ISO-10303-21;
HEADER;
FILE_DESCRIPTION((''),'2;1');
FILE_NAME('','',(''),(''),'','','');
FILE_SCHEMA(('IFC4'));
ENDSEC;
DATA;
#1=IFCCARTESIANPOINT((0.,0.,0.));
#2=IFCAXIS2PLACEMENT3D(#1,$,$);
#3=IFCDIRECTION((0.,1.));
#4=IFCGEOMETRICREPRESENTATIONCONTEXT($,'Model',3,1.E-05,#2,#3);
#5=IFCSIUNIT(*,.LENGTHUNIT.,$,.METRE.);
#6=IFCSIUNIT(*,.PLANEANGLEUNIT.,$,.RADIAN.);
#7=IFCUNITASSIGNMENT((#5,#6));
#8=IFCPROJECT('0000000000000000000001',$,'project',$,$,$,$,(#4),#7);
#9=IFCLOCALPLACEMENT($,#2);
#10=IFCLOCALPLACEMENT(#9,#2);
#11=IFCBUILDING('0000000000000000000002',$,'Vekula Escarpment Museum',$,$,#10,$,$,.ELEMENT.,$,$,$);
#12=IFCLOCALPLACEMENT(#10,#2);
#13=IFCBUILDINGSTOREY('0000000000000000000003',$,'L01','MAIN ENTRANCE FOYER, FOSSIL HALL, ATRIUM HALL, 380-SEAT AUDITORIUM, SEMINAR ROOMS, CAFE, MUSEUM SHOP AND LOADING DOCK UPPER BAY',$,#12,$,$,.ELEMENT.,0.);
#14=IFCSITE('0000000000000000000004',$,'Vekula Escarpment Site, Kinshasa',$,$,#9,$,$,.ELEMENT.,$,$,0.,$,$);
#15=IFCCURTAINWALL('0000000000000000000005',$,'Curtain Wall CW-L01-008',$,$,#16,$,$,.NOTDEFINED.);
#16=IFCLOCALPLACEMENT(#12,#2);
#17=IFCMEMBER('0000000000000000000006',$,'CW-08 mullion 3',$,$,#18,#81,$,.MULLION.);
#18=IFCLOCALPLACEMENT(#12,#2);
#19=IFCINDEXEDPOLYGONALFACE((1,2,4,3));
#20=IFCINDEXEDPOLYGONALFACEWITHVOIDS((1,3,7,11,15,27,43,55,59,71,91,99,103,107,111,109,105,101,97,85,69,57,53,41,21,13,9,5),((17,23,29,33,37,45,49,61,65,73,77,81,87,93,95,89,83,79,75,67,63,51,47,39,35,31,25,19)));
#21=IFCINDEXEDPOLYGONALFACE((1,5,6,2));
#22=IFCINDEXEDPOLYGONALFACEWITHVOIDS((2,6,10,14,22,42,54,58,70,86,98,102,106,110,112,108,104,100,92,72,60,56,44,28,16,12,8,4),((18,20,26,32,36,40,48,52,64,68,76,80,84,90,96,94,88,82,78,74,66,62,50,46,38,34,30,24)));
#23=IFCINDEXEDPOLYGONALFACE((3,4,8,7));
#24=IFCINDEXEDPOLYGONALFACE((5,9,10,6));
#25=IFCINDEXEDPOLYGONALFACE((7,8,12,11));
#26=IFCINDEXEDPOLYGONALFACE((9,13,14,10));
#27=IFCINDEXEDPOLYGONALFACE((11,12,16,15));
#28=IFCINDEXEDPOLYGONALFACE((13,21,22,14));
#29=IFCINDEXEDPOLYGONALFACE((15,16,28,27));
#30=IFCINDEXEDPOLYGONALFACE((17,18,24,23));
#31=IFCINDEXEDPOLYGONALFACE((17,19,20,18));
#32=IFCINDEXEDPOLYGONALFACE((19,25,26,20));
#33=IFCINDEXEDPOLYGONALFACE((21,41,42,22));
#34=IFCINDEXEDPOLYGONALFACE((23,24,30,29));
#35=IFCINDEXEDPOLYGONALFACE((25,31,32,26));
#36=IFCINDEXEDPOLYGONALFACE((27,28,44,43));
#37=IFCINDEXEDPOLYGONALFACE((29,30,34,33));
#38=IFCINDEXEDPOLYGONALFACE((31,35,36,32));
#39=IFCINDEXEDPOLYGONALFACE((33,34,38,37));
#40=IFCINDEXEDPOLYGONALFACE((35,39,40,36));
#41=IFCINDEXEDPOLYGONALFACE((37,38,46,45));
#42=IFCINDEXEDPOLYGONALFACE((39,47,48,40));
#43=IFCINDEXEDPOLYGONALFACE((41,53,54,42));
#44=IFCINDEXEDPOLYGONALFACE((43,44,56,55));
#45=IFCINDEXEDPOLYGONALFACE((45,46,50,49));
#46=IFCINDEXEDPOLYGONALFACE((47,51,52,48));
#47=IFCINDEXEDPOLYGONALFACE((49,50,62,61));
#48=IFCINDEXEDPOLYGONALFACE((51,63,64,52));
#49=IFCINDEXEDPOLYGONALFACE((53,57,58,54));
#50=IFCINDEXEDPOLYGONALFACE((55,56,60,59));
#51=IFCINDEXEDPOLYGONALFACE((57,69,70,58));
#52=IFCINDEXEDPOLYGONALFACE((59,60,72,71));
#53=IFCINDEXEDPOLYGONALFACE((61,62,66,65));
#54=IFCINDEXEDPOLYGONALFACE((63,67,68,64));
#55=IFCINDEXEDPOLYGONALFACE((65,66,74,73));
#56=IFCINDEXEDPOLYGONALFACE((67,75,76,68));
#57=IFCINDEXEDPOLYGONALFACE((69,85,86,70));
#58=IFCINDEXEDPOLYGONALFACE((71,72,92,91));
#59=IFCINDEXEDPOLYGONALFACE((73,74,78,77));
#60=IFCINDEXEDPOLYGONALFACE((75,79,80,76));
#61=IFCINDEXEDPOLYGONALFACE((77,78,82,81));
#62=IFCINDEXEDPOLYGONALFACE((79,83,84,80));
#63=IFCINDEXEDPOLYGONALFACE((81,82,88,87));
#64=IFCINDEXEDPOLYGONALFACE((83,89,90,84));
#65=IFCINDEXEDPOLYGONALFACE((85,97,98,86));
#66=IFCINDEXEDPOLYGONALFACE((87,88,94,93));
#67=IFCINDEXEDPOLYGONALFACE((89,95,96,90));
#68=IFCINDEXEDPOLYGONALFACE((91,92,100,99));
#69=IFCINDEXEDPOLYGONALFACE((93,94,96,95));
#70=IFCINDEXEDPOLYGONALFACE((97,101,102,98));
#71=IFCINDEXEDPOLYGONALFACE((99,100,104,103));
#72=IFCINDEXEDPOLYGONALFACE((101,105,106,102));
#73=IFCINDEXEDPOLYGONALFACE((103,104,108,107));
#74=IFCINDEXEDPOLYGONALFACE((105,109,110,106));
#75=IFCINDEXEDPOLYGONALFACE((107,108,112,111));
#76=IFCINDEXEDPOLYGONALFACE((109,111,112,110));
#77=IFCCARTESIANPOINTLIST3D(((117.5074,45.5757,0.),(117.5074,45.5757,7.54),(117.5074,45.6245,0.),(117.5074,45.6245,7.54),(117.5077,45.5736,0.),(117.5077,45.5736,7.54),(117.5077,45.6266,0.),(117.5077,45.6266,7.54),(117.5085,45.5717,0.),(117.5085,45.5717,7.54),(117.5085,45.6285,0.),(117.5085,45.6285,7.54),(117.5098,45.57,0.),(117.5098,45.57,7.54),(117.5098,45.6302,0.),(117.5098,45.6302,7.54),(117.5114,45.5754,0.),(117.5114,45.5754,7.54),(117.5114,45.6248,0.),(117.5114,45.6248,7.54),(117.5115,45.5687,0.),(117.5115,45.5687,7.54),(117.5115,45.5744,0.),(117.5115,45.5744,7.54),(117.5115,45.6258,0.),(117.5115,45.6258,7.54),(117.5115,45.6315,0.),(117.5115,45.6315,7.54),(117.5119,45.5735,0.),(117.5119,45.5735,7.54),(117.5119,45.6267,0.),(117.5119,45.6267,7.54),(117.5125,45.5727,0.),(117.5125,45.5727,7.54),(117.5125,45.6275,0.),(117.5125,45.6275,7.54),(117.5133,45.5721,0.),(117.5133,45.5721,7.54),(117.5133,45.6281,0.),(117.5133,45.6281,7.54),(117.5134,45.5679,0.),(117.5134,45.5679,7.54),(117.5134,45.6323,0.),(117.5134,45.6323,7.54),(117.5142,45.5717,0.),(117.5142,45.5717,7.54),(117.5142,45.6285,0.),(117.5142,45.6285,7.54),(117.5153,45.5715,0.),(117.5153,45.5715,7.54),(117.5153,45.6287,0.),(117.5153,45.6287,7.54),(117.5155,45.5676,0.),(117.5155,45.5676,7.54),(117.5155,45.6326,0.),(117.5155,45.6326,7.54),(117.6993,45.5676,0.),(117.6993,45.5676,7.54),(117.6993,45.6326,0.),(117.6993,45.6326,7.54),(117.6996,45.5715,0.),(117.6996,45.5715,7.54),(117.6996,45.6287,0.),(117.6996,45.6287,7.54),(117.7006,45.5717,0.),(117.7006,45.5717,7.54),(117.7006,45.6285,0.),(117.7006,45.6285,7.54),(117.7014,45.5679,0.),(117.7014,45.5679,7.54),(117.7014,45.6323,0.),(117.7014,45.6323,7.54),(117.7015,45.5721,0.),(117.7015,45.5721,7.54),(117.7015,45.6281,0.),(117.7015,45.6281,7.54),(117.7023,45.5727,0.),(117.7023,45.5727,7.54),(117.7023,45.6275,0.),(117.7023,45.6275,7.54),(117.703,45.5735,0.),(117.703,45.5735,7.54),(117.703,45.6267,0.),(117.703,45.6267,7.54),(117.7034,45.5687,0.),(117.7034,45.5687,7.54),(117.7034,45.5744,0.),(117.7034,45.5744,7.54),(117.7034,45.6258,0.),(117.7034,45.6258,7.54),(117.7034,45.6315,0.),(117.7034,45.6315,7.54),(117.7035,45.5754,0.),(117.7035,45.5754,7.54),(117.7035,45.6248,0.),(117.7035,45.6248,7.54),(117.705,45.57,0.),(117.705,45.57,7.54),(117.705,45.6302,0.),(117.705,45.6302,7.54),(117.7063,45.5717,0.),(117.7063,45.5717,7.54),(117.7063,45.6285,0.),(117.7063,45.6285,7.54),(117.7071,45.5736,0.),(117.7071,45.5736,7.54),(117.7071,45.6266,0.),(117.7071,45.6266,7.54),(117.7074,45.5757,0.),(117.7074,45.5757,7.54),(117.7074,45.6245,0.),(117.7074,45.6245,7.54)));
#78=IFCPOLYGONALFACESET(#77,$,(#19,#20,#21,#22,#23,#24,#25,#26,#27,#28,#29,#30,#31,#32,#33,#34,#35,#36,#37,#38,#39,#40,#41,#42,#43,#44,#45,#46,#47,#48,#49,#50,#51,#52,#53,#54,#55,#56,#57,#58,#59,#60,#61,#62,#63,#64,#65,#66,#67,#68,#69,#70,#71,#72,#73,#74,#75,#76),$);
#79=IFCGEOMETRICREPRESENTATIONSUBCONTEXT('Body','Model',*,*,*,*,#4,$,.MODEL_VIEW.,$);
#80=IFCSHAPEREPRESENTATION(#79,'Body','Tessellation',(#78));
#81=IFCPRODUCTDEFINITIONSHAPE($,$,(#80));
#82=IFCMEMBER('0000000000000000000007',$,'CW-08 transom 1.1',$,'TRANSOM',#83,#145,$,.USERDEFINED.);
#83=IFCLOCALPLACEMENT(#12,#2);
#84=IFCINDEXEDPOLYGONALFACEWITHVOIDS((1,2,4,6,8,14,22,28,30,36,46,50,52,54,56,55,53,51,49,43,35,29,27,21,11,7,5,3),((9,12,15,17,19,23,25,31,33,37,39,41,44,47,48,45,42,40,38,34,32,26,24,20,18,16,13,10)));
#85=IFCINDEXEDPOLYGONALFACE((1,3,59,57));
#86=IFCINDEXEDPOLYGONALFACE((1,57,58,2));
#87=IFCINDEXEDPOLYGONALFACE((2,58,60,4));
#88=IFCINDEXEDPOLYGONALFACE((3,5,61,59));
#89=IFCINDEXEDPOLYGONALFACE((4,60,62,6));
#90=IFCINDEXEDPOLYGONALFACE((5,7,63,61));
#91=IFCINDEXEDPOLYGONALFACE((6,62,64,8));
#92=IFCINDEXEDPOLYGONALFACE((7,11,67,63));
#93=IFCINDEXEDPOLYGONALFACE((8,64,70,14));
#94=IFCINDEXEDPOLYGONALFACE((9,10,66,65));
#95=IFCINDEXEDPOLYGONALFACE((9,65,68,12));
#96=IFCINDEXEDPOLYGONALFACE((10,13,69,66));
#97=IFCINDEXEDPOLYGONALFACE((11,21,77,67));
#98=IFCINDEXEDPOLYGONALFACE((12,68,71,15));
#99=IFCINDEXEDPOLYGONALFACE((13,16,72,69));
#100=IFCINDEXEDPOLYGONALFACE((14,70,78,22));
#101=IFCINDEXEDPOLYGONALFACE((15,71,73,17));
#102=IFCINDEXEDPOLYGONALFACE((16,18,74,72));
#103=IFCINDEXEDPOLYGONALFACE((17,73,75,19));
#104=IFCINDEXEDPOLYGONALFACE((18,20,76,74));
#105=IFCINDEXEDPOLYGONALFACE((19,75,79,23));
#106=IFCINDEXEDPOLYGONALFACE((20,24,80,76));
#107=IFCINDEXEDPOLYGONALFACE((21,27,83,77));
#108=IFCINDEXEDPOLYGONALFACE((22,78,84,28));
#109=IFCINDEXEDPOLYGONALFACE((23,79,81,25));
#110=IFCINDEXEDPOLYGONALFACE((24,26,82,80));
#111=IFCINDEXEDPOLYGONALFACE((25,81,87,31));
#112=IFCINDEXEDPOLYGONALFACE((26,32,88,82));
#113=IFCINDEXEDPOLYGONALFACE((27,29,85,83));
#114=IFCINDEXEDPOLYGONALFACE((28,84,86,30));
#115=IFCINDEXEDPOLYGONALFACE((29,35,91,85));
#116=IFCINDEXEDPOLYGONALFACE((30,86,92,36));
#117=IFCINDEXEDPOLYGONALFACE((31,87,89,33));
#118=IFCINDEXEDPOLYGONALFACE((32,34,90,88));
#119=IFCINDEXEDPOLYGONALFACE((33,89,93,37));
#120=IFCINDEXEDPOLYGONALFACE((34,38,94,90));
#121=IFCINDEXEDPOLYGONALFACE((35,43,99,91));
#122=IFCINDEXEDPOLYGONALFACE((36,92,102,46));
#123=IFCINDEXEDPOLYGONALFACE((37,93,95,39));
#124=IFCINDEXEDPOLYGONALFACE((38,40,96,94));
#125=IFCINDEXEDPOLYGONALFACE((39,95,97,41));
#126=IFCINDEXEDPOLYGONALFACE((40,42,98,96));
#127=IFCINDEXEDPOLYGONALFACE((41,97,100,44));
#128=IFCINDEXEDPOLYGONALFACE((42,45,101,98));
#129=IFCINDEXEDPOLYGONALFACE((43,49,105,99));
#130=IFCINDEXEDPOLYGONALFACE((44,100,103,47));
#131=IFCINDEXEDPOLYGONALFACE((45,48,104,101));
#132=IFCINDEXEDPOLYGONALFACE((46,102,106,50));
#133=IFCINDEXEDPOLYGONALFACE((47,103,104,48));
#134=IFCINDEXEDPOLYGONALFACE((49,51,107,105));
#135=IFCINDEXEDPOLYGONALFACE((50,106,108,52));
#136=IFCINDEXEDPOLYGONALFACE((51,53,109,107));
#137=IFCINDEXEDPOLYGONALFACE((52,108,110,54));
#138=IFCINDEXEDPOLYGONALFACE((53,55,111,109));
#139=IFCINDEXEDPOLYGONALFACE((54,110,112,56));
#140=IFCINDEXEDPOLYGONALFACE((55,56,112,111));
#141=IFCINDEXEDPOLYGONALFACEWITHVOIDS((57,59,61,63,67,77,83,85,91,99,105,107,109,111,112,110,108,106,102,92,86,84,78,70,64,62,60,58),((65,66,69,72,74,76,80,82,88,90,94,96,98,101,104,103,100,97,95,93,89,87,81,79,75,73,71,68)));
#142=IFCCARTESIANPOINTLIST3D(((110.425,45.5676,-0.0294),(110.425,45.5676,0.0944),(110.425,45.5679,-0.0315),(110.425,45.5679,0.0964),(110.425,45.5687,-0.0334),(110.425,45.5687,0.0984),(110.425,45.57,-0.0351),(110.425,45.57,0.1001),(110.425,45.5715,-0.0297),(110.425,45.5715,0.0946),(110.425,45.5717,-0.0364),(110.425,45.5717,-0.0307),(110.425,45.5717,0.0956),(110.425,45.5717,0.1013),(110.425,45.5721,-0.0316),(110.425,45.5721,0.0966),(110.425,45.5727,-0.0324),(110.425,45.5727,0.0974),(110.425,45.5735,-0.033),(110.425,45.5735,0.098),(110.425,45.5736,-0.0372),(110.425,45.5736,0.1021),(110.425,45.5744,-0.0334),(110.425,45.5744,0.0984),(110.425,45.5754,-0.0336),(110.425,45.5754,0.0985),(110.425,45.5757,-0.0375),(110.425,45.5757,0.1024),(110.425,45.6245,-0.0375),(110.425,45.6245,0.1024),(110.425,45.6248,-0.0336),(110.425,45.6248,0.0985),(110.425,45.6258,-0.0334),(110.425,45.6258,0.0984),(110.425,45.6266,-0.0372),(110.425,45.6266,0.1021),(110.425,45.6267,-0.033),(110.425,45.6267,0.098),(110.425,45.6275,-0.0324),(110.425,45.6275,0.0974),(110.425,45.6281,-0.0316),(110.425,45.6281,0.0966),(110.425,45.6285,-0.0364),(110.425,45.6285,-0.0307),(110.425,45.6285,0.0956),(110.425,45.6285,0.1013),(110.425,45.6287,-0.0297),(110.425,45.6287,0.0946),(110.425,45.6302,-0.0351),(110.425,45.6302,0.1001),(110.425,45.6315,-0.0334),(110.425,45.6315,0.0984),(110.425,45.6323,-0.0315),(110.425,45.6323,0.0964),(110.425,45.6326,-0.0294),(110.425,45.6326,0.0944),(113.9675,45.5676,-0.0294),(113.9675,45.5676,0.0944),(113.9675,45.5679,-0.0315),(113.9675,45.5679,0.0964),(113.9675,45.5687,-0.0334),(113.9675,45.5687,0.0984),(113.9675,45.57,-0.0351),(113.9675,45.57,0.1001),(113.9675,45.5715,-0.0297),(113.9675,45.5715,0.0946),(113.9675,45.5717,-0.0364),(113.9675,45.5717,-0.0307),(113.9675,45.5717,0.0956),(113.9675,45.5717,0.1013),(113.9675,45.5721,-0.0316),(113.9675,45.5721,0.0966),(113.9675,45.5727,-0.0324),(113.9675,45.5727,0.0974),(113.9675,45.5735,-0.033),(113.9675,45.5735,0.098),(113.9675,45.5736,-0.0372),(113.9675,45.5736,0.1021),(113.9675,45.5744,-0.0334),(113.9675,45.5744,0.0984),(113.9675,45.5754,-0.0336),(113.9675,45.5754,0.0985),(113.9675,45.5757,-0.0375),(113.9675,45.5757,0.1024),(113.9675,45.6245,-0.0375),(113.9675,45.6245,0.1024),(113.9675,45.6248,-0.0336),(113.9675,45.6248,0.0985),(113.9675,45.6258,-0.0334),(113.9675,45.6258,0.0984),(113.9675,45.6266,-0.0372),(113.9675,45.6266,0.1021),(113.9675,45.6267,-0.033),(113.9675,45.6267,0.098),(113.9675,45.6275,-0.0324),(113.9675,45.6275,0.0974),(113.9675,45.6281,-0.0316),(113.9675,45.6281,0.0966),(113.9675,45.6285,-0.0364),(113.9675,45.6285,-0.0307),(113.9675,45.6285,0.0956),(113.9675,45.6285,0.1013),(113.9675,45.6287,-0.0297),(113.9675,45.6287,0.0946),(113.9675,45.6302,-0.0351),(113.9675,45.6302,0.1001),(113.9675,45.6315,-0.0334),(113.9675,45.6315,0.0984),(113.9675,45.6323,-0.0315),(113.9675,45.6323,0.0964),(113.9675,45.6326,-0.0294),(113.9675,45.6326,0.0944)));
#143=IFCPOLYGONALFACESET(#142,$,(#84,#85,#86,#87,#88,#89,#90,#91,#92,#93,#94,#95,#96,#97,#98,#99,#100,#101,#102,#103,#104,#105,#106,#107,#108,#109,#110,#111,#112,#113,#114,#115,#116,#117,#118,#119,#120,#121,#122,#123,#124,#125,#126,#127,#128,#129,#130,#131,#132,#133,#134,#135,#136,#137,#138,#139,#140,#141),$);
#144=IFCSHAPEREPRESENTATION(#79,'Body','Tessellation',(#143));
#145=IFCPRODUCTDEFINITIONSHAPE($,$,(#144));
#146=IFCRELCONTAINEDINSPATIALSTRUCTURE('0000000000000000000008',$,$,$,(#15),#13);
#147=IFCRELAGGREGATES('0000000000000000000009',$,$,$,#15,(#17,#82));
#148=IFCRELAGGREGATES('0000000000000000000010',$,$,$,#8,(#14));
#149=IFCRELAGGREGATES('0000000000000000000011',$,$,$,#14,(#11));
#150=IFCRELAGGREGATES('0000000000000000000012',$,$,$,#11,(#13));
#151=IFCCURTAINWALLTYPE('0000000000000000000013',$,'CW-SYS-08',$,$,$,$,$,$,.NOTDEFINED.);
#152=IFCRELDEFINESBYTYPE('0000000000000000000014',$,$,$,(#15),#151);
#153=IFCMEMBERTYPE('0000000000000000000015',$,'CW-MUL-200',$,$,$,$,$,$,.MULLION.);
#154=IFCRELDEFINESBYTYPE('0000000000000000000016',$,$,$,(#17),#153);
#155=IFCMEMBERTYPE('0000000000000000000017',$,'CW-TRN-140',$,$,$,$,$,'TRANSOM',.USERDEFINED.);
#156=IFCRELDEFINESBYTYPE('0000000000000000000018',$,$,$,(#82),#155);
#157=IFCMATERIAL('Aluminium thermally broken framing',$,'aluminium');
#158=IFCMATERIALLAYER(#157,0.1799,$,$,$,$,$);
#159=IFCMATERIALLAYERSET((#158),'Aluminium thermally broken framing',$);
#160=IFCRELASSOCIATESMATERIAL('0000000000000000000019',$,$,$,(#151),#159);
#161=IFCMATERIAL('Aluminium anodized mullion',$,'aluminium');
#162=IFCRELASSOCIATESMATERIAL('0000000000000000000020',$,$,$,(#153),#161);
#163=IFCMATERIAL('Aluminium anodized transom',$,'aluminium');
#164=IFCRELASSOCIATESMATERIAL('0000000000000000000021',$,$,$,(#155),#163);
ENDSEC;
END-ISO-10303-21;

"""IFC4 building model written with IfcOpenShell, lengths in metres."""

from ifc_helpers import new_model, si_unit, direction, frame, origin, origin_2d, place, context, subcontext, project, spatial, hollow_rectangle, extrude, material, layer, layer_set, material_profile, profile_set, type_object, element, aggregate, save


model = new_model("IFC4")

# Units and contexts
model_context = context("Model", 3, precision=1e-05, world=origin(), true_north=direction((0.0, 1.0)))
body_context = subcontext(model_context, "Body", "Model", "MODEL_VIEW")
ifc_project = project(units=[si_unit("LENGTHUNIT", "METRE"), si_unit("PLANEANGLEUNIT", "RADIAN")], contexts=[model_context])

# Site, building, storey
site_placement = place(None, origin())
site = spatial("IfcSite", under=ifc_project, at=site_placement, Name="Vekula Escarpment Site, Kinshasa", CompositionType="ELEMENT", RefElevation=0.0)
building_placement = place(site_placement, origin())
building = spatial("IfcBuilding", under=site, at=building_placement, Name="Vekula Escarpment Museum", CompositionType="ELEMENT")
storey_placement = place(building_placement, origin())
storey = spatial("IfcBuildingStorey", under=building, at=storey_placement, Name="L01", Description="MAIN ENTRANCE FOYER, FOSSIL HALL, ATRIUM HALL, 380-SEAT AUDITORIUM, SEMINAR ROOMS, CAFE, MUSEUM SHOP AND LOADING DOCK UPPER BAY", CompositionType="ELEMENT", Elevation=0.0)

# Curtain wall, members
ifc_material_1 = material(Name="Aluminium thermally broken framing", Category="aluminium")
ifc_layer_1 = layer(ifc_material_1, 0.1799)
ifc_layer_set_1 = layer_set([ifc_layer_1], Name="Aluminium thermally broken framing")
curtain_wall_type = type_object("IfcCurtainWallType", Name="CW-SYS-08", PredefinedType="NOTDEFINED", material=ifc_layer_set_1)
curtain_wall_placement = place(storey_placement, origin())
curtain_wall = element("IfcCurtainWall", 1, at=curtain_wall_placement, inside=storey, type_object=curtain_wall_type, Name="Curtain Wall CW-L01-008", PredefinedType="NOTDEFINED")
ifc_material_2 = material(Name="Aluminium anodized mullion", Category="aluminium")
ifc_material_profile_1 = material_profile(ifc_material_2, hollow_rectangle(XDim=0.0649, YDim=0.2, WallThickness=0.0039, InnerFilletRadius=0.0039, OuterFilletRadius=0.0081, at=origin_2d()), Name="ALU 200x65x4")
ifc_profile_set_1 = profile_set([ifc_material_profile_1], Name="Aluminium anodized mullion")
member_type_1 = type_object("IfcMemberType", Name="CW-MUL-200", PredefinedType="MULLION", material=ifc_profile_set_1)
member_1_placement = place(storey_placement, frame((117.6074, 45.6001, 0.0), z_axis=(0.0, 0.0, 1.0), x_axis=(0.0, 1.0, 0.0)))
member_1 = element("IfcMember", 2, at=member_1_placement, type_object=member_type_1, Name="CW-08 mullion 3", PredefinedType="MULLION", context=body_context, shape_type="SweptSolid", body=[
    extrude(hollow_rectangle(XDim=0.0649, YDim=0.2, WallThickness=0.0039, InnerFilletRadius=0.0039, OuterFilletRadius=0.0081, at=origin_2d()), origin(), (0.0, 0.0, 1.0), 7.54),
])
ifc_material_3 = material(Name="Aluminium anodized transom", Category="aluminium")
ifc_material_profile_2 = material_profile(ifc_material_3, hollow_rectangle(XDim=0.0649, YDim=0.1399, WallThickness=0.0039, InnerFilletRadius=0.0039, OuterFilletRadius=0.0081, at=origin_2d()), Name="ALU 140x65x4")
ifc_profile_set_2 = profile_set([ifc_material_profile_2], Name="Aluminium anodized transom")
member_type_2 = type_object("IfcMemberType", Name="CW-TRN-140", ElementType="TRANSOM", PredefinedType="USERDEFINED", material=ifc_profile_set_2)
member_2_placement = place(storey_placement, frame((110.425, 45.6001, 0.0325), z_axis=(1.0, 0.0, 0.0), x_axis=(0.0, 1.0, 0.0)))
member_2 = element("IfcMember", 3, at=member_2_placement, type_object=member_type_2, Name="CW-08 transom 1.1", ObjectType="TRANSOM", PredefinedType="USERDEFINED", context=body_context, shape_type="SweptSolid", body=[
    extrude(hollow_rectangle(XDim=0.0649, YDim=0.1399, WallThickness=0.0039, InnerFilletRadius=0.0039, OuterFilletRadius=0.0081, at=origin_2d()), origin(), (0.0, 0.0, 1.0), 3.5425),
])
aggregate(curtain_wall, [member_1, member_2])

save(model, "model.ifc")
